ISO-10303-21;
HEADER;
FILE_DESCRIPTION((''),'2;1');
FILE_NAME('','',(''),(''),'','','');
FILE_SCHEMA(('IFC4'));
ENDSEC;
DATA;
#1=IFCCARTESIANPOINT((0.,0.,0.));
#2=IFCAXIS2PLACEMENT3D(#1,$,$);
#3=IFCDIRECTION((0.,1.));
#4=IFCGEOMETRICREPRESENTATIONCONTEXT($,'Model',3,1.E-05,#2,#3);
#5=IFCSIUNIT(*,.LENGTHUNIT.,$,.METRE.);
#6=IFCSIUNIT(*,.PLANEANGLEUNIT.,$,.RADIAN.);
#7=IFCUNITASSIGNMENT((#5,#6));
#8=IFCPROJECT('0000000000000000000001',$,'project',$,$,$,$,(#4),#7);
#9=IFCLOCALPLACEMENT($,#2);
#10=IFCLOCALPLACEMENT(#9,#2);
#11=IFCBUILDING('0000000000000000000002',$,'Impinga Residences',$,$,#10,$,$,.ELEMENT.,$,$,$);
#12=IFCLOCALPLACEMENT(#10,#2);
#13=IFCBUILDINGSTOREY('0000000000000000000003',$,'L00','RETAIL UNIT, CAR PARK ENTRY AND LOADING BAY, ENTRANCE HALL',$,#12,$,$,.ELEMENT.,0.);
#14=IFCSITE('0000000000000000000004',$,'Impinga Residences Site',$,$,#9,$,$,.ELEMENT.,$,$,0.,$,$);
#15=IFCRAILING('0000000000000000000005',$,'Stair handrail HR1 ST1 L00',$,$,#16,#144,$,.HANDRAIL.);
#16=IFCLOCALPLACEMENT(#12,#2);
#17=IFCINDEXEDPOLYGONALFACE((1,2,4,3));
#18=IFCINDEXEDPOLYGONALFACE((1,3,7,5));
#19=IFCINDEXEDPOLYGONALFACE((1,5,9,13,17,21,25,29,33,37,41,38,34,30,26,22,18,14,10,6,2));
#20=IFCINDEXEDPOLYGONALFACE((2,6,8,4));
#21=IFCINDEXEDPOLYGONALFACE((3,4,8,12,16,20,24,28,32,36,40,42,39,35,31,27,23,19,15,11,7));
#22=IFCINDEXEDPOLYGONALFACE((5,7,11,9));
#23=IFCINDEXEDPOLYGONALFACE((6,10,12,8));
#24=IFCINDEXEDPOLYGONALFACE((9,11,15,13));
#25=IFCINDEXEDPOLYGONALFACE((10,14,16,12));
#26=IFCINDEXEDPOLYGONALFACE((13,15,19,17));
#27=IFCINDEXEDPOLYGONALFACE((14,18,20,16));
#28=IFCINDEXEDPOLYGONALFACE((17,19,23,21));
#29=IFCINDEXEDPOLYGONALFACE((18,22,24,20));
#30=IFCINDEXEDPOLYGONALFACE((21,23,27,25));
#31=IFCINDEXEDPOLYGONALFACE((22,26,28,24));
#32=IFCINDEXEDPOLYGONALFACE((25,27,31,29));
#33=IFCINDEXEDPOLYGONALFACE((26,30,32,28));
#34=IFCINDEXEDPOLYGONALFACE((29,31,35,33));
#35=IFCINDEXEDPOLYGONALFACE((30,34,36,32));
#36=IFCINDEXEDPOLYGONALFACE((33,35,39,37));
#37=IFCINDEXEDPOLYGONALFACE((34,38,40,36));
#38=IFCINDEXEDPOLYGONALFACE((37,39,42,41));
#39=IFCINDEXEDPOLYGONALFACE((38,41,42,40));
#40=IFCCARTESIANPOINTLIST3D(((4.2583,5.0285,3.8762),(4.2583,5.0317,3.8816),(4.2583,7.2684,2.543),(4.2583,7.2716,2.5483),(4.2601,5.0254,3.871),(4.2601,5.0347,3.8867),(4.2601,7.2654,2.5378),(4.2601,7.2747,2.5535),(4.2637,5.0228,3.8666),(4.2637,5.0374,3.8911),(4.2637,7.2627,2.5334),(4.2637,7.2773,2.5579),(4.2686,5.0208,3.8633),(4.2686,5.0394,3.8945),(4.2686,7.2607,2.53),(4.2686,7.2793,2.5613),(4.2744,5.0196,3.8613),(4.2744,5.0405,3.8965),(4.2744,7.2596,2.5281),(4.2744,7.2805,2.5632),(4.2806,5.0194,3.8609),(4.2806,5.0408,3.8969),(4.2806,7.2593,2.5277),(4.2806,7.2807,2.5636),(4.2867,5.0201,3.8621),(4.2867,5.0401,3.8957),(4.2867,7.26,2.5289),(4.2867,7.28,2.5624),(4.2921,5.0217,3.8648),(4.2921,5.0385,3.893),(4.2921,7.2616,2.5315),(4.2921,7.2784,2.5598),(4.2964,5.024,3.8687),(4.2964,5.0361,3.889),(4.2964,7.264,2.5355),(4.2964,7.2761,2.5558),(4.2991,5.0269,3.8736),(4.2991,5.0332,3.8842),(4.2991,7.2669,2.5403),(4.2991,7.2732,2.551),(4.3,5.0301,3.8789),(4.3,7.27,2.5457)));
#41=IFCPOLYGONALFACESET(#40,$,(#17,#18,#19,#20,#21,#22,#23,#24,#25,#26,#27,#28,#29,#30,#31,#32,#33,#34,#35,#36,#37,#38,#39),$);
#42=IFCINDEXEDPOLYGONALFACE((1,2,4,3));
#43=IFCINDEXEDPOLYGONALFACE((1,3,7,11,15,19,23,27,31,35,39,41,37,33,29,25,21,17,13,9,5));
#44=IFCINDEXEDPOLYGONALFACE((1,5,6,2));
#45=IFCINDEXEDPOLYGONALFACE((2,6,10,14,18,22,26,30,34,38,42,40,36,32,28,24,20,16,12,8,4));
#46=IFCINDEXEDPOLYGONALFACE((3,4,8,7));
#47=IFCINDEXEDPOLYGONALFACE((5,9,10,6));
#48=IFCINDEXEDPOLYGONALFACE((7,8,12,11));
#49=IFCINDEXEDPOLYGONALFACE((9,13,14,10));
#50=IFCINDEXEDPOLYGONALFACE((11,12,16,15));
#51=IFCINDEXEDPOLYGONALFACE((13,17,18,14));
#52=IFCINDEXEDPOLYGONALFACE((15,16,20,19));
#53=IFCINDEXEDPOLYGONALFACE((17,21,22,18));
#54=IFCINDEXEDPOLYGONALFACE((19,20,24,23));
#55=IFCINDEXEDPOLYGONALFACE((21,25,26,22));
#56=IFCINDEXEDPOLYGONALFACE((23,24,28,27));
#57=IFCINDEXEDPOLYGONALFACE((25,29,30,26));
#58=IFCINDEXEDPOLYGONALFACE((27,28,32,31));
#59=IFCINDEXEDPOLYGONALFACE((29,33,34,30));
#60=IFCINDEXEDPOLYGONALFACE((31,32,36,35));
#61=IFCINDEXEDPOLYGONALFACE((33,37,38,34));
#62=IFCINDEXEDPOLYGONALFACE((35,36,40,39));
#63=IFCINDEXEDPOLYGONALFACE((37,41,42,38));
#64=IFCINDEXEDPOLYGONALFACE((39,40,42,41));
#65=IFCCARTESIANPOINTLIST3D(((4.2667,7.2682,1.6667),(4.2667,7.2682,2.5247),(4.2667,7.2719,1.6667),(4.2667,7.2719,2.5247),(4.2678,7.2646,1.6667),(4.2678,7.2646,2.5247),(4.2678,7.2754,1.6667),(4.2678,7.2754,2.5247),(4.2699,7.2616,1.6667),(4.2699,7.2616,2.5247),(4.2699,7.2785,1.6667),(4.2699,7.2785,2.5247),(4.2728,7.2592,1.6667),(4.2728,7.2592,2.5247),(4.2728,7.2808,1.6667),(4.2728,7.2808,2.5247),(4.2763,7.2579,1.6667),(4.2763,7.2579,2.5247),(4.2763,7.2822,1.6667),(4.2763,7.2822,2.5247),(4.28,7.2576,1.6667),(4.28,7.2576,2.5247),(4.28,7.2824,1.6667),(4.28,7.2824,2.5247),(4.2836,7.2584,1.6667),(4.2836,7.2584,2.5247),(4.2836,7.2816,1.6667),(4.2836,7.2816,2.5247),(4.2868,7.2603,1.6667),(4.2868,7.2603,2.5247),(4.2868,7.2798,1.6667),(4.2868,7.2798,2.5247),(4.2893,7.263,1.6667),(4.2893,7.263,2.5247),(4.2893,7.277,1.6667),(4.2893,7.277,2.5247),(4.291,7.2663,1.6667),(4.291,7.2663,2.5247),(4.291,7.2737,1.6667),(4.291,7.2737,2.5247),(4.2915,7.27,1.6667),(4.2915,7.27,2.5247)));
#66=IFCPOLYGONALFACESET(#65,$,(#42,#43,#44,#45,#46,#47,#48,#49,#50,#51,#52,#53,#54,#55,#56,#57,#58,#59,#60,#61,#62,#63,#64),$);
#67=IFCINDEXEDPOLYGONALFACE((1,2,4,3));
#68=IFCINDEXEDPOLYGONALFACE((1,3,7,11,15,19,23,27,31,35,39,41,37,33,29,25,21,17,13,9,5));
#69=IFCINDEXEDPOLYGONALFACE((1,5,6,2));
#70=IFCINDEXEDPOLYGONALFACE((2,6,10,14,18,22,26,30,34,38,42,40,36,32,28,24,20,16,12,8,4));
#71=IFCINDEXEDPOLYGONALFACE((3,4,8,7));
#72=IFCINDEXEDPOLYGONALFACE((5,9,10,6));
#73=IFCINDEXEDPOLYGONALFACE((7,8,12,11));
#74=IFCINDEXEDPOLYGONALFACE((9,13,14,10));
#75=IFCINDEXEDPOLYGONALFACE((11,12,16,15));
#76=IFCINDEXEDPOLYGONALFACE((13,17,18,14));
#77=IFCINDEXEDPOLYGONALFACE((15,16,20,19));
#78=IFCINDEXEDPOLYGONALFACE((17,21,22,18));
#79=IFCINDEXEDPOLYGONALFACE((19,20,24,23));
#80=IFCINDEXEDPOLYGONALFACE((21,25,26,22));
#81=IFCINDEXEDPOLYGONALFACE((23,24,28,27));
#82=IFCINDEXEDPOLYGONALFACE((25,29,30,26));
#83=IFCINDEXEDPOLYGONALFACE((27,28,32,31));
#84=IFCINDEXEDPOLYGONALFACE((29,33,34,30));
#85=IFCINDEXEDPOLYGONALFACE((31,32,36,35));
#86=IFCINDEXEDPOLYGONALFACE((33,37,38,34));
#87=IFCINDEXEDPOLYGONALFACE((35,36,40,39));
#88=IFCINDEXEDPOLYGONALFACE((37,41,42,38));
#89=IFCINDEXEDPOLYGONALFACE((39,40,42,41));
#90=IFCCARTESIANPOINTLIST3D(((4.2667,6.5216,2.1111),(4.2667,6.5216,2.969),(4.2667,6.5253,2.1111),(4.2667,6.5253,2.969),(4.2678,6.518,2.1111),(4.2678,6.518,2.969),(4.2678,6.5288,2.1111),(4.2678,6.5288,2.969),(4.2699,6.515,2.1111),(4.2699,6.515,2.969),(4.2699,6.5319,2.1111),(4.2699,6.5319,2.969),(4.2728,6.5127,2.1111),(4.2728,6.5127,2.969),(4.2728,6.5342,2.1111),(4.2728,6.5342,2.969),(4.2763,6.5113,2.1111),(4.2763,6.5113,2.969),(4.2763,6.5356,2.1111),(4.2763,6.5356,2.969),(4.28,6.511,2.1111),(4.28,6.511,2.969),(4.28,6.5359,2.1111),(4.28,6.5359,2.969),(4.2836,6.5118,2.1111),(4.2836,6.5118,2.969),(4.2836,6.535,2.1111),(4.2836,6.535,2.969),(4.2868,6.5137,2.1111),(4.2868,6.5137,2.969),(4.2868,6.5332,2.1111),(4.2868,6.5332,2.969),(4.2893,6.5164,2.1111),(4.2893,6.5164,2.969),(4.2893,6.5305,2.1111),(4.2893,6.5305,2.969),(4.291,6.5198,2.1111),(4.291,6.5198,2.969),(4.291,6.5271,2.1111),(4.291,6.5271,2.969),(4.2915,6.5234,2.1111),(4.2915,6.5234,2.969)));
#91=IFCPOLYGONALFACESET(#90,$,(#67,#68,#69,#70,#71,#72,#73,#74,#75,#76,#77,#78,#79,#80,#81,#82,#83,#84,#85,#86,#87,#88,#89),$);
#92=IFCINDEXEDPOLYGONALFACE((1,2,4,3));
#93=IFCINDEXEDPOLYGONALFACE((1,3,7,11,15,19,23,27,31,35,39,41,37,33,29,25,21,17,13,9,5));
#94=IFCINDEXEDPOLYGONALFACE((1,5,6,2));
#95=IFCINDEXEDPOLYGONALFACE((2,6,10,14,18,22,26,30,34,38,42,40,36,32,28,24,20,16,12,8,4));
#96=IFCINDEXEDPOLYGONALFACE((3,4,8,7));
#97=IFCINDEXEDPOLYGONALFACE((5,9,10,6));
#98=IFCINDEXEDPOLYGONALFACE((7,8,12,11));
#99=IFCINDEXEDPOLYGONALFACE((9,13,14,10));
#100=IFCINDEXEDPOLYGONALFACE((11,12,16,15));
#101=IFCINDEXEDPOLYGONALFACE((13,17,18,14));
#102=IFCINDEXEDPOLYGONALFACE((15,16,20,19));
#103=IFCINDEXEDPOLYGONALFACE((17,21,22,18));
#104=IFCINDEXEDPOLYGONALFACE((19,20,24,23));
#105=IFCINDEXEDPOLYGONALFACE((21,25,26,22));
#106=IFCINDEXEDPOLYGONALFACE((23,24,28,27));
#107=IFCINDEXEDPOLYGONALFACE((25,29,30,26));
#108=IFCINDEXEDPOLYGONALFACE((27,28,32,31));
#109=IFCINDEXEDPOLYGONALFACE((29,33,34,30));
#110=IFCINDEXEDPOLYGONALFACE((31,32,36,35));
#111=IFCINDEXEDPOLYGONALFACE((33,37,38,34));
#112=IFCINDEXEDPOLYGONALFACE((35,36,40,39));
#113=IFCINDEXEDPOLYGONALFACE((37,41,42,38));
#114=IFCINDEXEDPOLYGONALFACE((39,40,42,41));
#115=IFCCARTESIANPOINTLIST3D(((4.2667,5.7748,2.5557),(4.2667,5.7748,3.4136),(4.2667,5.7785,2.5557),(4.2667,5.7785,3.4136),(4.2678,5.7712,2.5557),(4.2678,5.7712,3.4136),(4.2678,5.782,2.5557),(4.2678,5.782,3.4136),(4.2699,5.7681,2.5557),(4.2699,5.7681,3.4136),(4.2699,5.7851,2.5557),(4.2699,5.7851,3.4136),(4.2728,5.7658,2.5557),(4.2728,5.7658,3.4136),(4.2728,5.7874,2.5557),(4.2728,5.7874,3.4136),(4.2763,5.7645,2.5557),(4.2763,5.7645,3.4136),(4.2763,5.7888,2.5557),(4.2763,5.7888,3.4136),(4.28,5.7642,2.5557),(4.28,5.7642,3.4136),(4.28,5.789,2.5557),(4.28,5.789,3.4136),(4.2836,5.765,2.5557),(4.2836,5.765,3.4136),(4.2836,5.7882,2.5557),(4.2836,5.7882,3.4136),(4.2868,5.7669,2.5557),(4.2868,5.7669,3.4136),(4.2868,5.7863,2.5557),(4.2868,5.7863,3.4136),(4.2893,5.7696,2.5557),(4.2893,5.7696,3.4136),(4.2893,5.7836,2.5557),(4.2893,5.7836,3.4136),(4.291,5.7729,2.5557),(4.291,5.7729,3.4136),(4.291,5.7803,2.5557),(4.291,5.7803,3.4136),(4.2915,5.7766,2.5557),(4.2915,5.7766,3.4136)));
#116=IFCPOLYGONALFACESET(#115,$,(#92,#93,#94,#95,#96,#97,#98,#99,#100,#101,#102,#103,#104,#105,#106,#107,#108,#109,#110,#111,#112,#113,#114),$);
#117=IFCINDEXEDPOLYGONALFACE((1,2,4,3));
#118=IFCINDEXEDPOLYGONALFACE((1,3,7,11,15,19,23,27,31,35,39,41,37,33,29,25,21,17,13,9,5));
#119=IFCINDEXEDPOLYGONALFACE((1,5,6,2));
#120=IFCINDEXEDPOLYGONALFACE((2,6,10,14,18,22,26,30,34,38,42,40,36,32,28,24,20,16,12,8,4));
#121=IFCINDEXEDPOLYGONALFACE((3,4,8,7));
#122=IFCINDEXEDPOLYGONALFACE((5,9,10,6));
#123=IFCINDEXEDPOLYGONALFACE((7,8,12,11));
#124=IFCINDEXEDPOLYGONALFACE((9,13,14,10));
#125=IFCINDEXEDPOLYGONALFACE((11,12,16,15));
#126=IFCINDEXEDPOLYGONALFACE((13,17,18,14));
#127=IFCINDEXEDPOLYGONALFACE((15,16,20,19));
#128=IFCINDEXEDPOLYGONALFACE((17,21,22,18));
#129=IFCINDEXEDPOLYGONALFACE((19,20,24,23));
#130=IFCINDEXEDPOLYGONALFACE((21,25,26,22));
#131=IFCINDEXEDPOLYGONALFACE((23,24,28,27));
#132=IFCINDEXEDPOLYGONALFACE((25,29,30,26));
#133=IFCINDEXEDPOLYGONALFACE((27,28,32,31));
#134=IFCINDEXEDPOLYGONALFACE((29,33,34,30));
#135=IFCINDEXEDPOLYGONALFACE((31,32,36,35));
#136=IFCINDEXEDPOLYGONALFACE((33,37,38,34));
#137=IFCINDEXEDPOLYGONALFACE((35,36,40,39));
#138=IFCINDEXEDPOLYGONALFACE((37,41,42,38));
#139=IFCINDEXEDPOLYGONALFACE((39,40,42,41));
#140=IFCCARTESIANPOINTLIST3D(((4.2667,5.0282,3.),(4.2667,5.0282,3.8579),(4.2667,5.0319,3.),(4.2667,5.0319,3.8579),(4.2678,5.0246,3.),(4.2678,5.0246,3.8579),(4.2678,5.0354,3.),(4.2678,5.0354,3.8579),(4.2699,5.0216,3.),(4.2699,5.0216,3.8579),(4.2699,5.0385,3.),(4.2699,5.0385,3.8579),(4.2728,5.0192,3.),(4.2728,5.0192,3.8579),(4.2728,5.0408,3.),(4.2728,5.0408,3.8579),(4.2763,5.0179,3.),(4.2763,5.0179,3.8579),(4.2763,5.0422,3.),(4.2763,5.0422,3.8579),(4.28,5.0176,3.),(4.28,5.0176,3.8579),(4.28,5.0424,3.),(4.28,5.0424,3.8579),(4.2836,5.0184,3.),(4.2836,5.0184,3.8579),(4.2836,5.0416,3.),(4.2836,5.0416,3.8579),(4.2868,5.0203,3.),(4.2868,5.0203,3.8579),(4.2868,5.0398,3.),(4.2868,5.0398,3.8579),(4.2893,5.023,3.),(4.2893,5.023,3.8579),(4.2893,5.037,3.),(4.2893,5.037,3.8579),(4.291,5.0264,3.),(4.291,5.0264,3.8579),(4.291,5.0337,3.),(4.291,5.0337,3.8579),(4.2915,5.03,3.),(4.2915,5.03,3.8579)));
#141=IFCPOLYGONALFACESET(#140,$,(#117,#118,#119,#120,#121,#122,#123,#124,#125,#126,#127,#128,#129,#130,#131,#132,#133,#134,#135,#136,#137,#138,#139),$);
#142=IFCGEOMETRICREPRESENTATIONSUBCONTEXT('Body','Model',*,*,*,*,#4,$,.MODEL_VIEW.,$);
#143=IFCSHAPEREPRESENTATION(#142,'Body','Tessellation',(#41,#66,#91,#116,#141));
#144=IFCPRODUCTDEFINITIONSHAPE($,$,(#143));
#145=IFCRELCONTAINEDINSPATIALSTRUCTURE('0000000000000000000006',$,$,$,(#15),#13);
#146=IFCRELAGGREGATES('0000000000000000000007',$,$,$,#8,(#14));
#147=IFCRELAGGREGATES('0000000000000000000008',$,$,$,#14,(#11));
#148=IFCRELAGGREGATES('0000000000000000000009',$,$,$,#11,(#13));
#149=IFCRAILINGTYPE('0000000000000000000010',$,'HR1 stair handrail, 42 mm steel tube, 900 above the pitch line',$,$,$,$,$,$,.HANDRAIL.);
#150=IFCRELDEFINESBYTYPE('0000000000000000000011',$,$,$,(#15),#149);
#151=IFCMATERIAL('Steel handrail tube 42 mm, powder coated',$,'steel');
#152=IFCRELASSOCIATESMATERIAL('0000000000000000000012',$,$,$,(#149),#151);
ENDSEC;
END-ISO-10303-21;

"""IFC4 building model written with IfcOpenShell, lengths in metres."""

from ifc_helpers import new_model, si_unit, direction, frame, origin, origin_2d, place, context, subcontext, project, spatial, circle, extrude, material, type_object, element, save


model = new_model("IFC4")

# Units and contexts
model_context = context("Model", 3, precision=1e-05, world=origin(), true_north=direction((0.0, 1.0)))
body_context = subcontext(model_context, "Body", "Model", "MODEL_VIEW")
ifc_project = project(units=[si_unit("LENGTHUNIT", "METRE"), si_unit("PLANEANGLEUNIT", "RADIAN")], contexts=[model_context])

# Site, building, storey
site_placement = place(None, origin())
site = spatial("IfcSite", under=ifc_project, at=site_placement, Name="Impinga Residences Site", CompositionType="ELEMENT", RefElevation=0.0)
building_placement = place(site_placement, origin())
building = spatial("IfcBuilding", under=site, at=building_placement, Name="Impinga Residences", CompositionType="ELEMENT")
storey_placement = place(building_placement, origin())
storey = spatial("IfcBuildingStorey", under=building, at=storey_placement, Name="L00", Description="RETAIL UNIT, CAR PARK ENTRY AND LOADING BAY, ENTRANCE HALL", CompositionType="ELEMENT", Elevation=0.0)

# Railing
ifc_material_1 = material(Name="Steel handrail tube 42 mm, powder coated", Category="steel")
railing_type_1 = type_object("IfcRailingType", Name="HR1 stair handrail, 42 mm steel tube, 900 above the pitch line", PredefinedType="HANDRAIL", material=ifc_material_1)
for number, where, name in (
    (1, (4.2791, 7.27, 1.6667), "Stair handrail HR1 ST1 L00"),
):
    element("IfcRailing", number, at=place(storey_placement, frame(where)), inside=storey, type_object=railing_type_1, Name=name, PredefinedType="HANDRAIL", context=body_context, shape_type="SweptSolid", body=[
        extrude(circle(Radius=0.021, at=origin_2d()), frame((0.0, 0.0, 0.8789), z_axis=(0.0, -0.859306, 0.511462), x_axis=(1.0, 0.0, 0.0)), (0.0, 0.0, 1.0), 2.6067),
        extrude(circle(Radius=0.0125, at=origin_2d()), origin(), (0.0, 0.0, 1.0), 0.8579),
        extrude(circle(Radius=0.0125, at=origin_2d()), frame((0.0, -0.7466, 0.4443)), (0.0, 0.0, 1.0), 0.8579),
        extrude(circle(Radius=0.0125, at=origin_2d()), frame((0.0, -1.4934, 0.8889)), (0.0, 0.0, 1.0), 0.8579),
        extrude(circle(Radius=0.0125, at=origin_2d()), frame((0.0, -2.24, 1.3333)), (0.0, 0.0, 1.0), 0.8579),
    ])

save(model, "model.ifc")
